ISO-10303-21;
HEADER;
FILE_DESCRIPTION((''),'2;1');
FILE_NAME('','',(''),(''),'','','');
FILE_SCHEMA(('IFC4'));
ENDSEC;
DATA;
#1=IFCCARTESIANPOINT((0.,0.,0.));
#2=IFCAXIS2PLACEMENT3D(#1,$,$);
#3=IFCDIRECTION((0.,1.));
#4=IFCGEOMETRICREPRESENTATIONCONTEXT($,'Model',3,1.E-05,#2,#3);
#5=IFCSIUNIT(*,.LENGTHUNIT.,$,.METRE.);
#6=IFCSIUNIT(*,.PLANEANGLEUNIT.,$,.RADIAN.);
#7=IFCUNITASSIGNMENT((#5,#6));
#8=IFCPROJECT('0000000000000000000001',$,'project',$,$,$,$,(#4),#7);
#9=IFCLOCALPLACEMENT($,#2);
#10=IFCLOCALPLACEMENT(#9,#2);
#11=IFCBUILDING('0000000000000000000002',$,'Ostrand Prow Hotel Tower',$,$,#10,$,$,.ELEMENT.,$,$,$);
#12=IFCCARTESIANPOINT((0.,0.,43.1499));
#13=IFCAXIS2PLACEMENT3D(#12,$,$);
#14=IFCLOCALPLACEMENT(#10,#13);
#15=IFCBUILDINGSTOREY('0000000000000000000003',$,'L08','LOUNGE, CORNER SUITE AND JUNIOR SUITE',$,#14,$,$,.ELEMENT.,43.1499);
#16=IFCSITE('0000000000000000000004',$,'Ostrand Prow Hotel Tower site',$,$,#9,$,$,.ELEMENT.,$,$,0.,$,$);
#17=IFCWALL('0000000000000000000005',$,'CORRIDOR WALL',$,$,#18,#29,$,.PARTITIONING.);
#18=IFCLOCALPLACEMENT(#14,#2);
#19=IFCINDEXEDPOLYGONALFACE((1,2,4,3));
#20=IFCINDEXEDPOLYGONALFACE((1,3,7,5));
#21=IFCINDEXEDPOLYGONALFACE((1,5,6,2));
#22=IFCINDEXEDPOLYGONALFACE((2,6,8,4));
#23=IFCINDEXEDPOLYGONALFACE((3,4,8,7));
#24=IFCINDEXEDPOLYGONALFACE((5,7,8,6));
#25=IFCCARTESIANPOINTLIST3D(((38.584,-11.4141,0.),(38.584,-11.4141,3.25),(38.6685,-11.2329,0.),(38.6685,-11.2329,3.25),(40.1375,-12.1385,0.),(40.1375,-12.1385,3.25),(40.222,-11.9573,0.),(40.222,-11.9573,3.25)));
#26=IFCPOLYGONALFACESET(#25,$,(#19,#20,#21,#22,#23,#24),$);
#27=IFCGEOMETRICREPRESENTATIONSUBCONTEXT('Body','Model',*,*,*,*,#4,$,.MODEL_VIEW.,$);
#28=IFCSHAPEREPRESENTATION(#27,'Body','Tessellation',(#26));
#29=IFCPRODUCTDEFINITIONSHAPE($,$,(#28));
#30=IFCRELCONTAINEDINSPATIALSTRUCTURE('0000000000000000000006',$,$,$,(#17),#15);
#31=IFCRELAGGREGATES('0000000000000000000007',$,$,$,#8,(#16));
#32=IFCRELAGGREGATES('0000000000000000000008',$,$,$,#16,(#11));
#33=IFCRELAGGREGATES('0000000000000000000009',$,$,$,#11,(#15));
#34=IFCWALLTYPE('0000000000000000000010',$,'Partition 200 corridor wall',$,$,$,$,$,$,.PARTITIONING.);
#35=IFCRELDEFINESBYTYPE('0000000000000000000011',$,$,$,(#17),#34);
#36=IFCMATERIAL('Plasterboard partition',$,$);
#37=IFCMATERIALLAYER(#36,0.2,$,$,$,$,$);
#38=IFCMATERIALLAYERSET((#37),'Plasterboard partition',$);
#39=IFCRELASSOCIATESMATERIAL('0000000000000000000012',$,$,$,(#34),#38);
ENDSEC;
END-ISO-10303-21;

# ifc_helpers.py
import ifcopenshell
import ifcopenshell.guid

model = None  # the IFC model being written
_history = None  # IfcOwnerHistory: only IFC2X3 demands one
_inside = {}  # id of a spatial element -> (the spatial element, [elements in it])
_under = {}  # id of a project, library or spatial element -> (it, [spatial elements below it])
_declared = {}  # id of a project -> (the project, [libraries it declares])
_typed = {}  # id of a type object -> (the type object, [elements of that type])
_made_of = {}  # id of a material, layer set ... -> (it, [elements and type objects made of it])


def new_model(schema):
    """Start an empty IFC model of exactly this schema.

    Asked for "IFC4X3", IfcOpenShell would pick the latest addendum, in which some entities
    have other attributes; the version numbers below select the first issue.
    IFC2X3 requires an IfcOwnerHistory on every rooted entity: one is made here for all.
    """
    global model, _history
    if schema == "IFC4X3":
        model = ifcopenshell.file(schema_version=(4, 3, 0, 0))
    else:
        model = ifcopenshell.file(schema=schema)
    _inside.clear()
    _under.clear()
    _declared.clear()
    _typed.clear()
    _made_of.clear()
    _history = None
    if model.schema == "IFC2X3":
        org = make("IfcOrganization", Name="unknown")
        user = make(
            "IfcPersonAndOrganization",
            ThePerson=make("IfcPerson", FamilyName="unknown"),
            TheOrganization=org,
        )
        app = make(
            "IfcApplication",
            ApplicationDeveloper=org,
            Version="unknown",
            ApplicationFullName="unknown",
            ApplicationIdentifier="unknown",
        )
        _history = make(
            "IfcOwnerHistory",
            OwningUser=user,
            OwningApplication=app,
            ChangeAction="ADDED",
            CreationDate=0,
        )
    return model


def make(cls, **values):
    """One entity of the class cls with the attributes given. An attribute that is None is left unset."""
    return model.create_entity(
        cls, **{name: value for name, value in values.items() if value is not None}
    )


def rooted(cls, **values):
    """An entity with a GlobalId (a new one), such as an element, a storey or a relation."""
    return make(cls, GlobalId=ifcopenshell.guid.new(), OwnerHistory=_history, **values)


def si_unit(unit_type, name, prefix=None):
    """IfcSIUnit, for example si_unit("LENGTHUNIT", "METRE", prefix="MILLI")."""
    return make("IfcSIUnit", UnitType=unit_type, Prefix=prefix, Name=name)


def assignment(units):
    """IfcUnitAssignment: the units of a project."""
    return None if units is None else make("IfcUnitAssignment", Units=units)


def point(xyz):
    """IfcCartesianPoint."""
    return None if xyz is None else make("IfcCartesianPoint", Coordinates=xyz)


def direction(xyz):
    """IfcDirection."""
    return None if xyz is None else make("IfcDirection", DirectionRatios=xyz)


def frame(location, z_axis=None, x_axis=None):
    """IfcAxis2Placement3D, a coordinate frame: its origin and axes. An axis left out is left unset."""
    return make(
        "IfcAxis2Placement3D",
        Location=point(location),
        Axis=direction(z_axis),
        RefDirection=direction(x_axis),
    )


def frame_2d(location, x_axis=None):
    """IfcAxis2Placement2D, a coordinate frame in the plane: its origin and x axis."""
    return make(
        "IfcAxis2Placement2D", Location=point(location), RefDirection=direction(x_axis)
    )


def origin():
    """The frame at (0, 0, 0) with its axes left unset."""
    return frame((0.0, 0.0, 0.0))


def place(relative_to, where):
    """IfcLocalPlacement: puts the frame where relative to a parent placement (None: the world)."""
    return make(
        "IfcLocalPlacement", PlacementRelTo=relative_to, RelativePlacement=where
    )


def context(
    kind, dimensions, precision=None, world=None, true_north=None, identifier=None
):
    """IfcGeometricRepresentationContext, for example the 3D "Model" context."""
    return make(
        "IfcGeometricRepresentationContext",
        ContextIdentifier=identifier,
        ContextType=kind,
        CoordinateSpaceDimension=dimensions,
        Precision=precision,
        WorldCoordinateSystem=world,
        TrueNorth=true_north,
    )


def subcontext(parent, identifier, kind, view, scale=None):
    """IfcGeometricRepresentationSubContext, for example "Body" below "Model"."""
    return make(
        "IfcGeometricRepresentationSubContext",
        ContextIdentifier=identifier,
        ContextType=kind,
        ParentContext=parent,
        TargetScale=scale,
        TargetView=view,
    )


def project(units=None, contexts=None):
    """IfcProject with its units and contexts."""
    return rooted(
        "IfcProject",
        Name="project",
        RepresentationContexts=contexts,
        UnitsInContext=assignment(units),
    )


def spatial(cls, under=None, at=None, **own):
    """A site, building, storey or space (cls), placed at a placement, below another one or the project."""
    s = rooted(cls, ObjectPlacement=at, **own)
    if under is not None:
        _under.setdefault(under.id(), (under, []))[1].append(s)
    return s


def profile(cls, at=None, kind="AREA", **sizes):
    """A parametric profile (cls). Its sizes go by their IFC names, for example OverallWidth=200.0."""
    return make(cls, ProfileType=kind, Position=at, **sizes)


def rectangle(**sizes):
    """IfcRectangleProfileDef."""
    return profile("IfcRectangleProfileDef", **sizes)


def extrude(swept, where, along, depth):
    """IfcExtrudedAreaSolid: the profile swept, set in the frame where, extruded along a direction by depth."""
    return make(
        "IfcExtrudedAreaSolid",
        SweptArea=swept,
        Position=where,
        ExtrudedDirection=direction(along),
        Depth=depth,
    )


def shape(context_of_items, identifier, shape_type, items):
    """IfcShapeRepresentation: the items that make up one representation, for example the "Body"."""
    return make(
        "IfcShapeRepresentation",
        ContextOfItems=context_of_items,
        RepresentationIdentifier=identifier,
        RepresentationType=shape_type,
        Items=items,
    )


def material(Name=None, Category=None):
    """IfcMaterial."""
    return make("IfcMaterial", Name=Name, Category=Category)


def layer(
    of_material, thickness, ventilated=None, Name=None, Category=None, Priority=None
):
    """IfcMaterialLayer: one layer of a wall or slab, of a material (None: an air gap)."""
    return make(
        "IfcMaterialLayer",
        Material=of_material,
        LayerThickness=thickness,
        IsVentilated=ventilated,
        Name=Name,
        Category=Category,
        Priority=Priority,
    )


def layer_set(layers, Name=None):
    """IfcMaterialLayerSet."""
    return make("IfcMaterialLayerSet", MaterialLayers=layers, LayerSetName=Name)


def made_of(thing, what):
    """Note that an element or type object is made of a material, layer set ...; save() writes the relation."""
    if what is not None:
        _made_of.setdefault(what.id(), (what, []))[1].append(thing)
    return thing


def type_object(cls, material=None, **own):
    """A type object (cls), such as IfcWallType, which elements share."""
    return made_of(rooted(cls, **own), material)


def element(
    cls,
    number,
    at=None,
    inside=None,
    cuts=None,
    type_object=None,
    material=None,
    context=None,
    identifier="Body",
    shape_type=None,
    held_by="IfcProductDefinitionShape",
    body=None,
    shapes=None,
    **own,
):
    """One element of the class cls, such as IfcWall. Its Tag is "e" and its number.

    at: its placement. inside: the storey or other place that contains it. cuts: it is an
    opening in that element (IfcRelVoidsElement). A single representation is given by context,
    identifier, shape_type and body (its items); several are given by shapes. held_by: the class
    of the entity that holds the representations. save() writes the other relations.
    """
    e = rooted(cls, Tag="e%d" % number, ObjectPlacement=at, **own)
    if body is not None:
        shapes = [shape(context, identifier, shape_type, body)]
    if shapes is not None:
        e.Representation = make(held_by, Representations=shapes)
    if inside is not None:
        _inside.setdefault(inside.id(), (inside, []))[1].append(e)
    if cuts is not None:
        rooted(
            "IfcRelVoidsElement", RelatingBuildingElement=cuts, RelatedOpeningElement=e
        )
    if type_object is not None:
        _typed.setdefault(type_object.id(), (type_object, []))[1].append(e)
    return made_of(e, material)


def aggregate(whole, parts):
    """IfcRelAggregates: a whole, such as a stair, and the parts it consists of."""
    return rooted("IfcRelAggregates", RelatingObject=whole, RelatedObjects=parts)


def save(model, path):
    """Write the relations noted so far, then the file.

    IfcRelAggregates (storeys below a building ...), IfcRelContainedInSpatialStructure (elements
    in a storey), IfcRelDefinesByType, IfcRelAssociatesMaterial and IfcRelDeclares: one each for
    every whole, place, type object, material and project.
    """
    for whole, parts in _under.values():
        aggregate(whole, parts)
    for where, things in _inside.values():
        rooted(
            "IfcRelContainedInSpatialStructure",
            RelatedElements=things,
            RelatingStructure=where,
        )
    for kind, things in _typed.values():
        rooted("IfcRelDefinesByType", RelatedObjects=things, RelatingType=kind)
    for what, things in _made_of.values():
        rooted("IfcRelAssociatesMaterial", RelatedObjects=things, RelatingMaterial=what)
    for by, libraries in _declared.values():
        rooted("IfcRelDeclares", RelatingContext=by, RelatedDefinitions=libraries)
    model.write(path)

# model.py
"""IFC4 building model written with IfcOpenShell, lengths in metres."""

from ifc_helpers import new_model, si_unit, direction, frame, frame_2d, origin, place, context, subcontext, project, spatial, rectangle, extrude, material, layer, layer_set, type_object, element, save


model = new_model("IFC4")

# Units and contexts
model_context = context("Model", 3, precision=1e-05, world=origin(), true_north=direction((0.0, 1.0)))
body_context = subcontext(model_context, "Body", "Model", "MODEL_VIEW")
ifc_project = project(units=[si_unit("LENGTHUNIT", "METRE"), si_unit("PLANEANGLEUNIT", "RADIAN")], contexts=[model_context])

# Site, building, storey
site_placement = place(None, origin())
site = spatial("IfcSite", under=ifc_project, at=site_placement, Name="Ostrand Prow Hotel Tower site", CompositionType="ELEMENT", RefElevation=0.0)
building_placement = place(site_placement, origin())
building = spatial("IfcBuilding", under=site, at=building_placement, Name="Ostrand Prow Hotel Tower", CompositionType="ELEMENT")
storey_placement = place(building_placement, frame((0.0, 0.0, 43.1499)))
storey = spatial("IfcBuildingStorey", under=building, at=storey_placement, Name="L08", Description="LOUNGE, CORNER SUITE AND JUNIOR SUITE", CompositionType="ELEMENT", Elevation=43.1499)

# Wall
ifc_material_1 = material(Name="Plasterboard partition")
ifc_layer_1 = layer(ifc_material_1, 0.2)
ifc_layer_set_1 = layer_set([ifc_layer_1], Name="Plasterboard partition")
wall_type_1 = type_object("IfcWallType", Name="Partition 200 corridor wall", PredefinedType="PARTITIONING", material=ifc_layer_set_1)
wall_1_placement = place(storey_placement, frame((40.1797, -12.0479, 0.0), z_axis=(0.0, 0.0, 1.0), x_axis=(-0.906314, 0.422605, 0.0)))
element("IfcWall", 1, at=wall_1_placement, inside=storey, type_object=wall_type_1, Name="CORRIDOR WALL", PredefinedType="PARTITIONING", context=body_context, shape_type="SweptSolid", body=[
    extrude(rectangle(XDim=1.7141, YDim=0.2, at=frame_2d((0.8569, 0.0))), origin(), (0.0, 0.0, 1.0), 3.25),
])

save(model, "model.ifc")
